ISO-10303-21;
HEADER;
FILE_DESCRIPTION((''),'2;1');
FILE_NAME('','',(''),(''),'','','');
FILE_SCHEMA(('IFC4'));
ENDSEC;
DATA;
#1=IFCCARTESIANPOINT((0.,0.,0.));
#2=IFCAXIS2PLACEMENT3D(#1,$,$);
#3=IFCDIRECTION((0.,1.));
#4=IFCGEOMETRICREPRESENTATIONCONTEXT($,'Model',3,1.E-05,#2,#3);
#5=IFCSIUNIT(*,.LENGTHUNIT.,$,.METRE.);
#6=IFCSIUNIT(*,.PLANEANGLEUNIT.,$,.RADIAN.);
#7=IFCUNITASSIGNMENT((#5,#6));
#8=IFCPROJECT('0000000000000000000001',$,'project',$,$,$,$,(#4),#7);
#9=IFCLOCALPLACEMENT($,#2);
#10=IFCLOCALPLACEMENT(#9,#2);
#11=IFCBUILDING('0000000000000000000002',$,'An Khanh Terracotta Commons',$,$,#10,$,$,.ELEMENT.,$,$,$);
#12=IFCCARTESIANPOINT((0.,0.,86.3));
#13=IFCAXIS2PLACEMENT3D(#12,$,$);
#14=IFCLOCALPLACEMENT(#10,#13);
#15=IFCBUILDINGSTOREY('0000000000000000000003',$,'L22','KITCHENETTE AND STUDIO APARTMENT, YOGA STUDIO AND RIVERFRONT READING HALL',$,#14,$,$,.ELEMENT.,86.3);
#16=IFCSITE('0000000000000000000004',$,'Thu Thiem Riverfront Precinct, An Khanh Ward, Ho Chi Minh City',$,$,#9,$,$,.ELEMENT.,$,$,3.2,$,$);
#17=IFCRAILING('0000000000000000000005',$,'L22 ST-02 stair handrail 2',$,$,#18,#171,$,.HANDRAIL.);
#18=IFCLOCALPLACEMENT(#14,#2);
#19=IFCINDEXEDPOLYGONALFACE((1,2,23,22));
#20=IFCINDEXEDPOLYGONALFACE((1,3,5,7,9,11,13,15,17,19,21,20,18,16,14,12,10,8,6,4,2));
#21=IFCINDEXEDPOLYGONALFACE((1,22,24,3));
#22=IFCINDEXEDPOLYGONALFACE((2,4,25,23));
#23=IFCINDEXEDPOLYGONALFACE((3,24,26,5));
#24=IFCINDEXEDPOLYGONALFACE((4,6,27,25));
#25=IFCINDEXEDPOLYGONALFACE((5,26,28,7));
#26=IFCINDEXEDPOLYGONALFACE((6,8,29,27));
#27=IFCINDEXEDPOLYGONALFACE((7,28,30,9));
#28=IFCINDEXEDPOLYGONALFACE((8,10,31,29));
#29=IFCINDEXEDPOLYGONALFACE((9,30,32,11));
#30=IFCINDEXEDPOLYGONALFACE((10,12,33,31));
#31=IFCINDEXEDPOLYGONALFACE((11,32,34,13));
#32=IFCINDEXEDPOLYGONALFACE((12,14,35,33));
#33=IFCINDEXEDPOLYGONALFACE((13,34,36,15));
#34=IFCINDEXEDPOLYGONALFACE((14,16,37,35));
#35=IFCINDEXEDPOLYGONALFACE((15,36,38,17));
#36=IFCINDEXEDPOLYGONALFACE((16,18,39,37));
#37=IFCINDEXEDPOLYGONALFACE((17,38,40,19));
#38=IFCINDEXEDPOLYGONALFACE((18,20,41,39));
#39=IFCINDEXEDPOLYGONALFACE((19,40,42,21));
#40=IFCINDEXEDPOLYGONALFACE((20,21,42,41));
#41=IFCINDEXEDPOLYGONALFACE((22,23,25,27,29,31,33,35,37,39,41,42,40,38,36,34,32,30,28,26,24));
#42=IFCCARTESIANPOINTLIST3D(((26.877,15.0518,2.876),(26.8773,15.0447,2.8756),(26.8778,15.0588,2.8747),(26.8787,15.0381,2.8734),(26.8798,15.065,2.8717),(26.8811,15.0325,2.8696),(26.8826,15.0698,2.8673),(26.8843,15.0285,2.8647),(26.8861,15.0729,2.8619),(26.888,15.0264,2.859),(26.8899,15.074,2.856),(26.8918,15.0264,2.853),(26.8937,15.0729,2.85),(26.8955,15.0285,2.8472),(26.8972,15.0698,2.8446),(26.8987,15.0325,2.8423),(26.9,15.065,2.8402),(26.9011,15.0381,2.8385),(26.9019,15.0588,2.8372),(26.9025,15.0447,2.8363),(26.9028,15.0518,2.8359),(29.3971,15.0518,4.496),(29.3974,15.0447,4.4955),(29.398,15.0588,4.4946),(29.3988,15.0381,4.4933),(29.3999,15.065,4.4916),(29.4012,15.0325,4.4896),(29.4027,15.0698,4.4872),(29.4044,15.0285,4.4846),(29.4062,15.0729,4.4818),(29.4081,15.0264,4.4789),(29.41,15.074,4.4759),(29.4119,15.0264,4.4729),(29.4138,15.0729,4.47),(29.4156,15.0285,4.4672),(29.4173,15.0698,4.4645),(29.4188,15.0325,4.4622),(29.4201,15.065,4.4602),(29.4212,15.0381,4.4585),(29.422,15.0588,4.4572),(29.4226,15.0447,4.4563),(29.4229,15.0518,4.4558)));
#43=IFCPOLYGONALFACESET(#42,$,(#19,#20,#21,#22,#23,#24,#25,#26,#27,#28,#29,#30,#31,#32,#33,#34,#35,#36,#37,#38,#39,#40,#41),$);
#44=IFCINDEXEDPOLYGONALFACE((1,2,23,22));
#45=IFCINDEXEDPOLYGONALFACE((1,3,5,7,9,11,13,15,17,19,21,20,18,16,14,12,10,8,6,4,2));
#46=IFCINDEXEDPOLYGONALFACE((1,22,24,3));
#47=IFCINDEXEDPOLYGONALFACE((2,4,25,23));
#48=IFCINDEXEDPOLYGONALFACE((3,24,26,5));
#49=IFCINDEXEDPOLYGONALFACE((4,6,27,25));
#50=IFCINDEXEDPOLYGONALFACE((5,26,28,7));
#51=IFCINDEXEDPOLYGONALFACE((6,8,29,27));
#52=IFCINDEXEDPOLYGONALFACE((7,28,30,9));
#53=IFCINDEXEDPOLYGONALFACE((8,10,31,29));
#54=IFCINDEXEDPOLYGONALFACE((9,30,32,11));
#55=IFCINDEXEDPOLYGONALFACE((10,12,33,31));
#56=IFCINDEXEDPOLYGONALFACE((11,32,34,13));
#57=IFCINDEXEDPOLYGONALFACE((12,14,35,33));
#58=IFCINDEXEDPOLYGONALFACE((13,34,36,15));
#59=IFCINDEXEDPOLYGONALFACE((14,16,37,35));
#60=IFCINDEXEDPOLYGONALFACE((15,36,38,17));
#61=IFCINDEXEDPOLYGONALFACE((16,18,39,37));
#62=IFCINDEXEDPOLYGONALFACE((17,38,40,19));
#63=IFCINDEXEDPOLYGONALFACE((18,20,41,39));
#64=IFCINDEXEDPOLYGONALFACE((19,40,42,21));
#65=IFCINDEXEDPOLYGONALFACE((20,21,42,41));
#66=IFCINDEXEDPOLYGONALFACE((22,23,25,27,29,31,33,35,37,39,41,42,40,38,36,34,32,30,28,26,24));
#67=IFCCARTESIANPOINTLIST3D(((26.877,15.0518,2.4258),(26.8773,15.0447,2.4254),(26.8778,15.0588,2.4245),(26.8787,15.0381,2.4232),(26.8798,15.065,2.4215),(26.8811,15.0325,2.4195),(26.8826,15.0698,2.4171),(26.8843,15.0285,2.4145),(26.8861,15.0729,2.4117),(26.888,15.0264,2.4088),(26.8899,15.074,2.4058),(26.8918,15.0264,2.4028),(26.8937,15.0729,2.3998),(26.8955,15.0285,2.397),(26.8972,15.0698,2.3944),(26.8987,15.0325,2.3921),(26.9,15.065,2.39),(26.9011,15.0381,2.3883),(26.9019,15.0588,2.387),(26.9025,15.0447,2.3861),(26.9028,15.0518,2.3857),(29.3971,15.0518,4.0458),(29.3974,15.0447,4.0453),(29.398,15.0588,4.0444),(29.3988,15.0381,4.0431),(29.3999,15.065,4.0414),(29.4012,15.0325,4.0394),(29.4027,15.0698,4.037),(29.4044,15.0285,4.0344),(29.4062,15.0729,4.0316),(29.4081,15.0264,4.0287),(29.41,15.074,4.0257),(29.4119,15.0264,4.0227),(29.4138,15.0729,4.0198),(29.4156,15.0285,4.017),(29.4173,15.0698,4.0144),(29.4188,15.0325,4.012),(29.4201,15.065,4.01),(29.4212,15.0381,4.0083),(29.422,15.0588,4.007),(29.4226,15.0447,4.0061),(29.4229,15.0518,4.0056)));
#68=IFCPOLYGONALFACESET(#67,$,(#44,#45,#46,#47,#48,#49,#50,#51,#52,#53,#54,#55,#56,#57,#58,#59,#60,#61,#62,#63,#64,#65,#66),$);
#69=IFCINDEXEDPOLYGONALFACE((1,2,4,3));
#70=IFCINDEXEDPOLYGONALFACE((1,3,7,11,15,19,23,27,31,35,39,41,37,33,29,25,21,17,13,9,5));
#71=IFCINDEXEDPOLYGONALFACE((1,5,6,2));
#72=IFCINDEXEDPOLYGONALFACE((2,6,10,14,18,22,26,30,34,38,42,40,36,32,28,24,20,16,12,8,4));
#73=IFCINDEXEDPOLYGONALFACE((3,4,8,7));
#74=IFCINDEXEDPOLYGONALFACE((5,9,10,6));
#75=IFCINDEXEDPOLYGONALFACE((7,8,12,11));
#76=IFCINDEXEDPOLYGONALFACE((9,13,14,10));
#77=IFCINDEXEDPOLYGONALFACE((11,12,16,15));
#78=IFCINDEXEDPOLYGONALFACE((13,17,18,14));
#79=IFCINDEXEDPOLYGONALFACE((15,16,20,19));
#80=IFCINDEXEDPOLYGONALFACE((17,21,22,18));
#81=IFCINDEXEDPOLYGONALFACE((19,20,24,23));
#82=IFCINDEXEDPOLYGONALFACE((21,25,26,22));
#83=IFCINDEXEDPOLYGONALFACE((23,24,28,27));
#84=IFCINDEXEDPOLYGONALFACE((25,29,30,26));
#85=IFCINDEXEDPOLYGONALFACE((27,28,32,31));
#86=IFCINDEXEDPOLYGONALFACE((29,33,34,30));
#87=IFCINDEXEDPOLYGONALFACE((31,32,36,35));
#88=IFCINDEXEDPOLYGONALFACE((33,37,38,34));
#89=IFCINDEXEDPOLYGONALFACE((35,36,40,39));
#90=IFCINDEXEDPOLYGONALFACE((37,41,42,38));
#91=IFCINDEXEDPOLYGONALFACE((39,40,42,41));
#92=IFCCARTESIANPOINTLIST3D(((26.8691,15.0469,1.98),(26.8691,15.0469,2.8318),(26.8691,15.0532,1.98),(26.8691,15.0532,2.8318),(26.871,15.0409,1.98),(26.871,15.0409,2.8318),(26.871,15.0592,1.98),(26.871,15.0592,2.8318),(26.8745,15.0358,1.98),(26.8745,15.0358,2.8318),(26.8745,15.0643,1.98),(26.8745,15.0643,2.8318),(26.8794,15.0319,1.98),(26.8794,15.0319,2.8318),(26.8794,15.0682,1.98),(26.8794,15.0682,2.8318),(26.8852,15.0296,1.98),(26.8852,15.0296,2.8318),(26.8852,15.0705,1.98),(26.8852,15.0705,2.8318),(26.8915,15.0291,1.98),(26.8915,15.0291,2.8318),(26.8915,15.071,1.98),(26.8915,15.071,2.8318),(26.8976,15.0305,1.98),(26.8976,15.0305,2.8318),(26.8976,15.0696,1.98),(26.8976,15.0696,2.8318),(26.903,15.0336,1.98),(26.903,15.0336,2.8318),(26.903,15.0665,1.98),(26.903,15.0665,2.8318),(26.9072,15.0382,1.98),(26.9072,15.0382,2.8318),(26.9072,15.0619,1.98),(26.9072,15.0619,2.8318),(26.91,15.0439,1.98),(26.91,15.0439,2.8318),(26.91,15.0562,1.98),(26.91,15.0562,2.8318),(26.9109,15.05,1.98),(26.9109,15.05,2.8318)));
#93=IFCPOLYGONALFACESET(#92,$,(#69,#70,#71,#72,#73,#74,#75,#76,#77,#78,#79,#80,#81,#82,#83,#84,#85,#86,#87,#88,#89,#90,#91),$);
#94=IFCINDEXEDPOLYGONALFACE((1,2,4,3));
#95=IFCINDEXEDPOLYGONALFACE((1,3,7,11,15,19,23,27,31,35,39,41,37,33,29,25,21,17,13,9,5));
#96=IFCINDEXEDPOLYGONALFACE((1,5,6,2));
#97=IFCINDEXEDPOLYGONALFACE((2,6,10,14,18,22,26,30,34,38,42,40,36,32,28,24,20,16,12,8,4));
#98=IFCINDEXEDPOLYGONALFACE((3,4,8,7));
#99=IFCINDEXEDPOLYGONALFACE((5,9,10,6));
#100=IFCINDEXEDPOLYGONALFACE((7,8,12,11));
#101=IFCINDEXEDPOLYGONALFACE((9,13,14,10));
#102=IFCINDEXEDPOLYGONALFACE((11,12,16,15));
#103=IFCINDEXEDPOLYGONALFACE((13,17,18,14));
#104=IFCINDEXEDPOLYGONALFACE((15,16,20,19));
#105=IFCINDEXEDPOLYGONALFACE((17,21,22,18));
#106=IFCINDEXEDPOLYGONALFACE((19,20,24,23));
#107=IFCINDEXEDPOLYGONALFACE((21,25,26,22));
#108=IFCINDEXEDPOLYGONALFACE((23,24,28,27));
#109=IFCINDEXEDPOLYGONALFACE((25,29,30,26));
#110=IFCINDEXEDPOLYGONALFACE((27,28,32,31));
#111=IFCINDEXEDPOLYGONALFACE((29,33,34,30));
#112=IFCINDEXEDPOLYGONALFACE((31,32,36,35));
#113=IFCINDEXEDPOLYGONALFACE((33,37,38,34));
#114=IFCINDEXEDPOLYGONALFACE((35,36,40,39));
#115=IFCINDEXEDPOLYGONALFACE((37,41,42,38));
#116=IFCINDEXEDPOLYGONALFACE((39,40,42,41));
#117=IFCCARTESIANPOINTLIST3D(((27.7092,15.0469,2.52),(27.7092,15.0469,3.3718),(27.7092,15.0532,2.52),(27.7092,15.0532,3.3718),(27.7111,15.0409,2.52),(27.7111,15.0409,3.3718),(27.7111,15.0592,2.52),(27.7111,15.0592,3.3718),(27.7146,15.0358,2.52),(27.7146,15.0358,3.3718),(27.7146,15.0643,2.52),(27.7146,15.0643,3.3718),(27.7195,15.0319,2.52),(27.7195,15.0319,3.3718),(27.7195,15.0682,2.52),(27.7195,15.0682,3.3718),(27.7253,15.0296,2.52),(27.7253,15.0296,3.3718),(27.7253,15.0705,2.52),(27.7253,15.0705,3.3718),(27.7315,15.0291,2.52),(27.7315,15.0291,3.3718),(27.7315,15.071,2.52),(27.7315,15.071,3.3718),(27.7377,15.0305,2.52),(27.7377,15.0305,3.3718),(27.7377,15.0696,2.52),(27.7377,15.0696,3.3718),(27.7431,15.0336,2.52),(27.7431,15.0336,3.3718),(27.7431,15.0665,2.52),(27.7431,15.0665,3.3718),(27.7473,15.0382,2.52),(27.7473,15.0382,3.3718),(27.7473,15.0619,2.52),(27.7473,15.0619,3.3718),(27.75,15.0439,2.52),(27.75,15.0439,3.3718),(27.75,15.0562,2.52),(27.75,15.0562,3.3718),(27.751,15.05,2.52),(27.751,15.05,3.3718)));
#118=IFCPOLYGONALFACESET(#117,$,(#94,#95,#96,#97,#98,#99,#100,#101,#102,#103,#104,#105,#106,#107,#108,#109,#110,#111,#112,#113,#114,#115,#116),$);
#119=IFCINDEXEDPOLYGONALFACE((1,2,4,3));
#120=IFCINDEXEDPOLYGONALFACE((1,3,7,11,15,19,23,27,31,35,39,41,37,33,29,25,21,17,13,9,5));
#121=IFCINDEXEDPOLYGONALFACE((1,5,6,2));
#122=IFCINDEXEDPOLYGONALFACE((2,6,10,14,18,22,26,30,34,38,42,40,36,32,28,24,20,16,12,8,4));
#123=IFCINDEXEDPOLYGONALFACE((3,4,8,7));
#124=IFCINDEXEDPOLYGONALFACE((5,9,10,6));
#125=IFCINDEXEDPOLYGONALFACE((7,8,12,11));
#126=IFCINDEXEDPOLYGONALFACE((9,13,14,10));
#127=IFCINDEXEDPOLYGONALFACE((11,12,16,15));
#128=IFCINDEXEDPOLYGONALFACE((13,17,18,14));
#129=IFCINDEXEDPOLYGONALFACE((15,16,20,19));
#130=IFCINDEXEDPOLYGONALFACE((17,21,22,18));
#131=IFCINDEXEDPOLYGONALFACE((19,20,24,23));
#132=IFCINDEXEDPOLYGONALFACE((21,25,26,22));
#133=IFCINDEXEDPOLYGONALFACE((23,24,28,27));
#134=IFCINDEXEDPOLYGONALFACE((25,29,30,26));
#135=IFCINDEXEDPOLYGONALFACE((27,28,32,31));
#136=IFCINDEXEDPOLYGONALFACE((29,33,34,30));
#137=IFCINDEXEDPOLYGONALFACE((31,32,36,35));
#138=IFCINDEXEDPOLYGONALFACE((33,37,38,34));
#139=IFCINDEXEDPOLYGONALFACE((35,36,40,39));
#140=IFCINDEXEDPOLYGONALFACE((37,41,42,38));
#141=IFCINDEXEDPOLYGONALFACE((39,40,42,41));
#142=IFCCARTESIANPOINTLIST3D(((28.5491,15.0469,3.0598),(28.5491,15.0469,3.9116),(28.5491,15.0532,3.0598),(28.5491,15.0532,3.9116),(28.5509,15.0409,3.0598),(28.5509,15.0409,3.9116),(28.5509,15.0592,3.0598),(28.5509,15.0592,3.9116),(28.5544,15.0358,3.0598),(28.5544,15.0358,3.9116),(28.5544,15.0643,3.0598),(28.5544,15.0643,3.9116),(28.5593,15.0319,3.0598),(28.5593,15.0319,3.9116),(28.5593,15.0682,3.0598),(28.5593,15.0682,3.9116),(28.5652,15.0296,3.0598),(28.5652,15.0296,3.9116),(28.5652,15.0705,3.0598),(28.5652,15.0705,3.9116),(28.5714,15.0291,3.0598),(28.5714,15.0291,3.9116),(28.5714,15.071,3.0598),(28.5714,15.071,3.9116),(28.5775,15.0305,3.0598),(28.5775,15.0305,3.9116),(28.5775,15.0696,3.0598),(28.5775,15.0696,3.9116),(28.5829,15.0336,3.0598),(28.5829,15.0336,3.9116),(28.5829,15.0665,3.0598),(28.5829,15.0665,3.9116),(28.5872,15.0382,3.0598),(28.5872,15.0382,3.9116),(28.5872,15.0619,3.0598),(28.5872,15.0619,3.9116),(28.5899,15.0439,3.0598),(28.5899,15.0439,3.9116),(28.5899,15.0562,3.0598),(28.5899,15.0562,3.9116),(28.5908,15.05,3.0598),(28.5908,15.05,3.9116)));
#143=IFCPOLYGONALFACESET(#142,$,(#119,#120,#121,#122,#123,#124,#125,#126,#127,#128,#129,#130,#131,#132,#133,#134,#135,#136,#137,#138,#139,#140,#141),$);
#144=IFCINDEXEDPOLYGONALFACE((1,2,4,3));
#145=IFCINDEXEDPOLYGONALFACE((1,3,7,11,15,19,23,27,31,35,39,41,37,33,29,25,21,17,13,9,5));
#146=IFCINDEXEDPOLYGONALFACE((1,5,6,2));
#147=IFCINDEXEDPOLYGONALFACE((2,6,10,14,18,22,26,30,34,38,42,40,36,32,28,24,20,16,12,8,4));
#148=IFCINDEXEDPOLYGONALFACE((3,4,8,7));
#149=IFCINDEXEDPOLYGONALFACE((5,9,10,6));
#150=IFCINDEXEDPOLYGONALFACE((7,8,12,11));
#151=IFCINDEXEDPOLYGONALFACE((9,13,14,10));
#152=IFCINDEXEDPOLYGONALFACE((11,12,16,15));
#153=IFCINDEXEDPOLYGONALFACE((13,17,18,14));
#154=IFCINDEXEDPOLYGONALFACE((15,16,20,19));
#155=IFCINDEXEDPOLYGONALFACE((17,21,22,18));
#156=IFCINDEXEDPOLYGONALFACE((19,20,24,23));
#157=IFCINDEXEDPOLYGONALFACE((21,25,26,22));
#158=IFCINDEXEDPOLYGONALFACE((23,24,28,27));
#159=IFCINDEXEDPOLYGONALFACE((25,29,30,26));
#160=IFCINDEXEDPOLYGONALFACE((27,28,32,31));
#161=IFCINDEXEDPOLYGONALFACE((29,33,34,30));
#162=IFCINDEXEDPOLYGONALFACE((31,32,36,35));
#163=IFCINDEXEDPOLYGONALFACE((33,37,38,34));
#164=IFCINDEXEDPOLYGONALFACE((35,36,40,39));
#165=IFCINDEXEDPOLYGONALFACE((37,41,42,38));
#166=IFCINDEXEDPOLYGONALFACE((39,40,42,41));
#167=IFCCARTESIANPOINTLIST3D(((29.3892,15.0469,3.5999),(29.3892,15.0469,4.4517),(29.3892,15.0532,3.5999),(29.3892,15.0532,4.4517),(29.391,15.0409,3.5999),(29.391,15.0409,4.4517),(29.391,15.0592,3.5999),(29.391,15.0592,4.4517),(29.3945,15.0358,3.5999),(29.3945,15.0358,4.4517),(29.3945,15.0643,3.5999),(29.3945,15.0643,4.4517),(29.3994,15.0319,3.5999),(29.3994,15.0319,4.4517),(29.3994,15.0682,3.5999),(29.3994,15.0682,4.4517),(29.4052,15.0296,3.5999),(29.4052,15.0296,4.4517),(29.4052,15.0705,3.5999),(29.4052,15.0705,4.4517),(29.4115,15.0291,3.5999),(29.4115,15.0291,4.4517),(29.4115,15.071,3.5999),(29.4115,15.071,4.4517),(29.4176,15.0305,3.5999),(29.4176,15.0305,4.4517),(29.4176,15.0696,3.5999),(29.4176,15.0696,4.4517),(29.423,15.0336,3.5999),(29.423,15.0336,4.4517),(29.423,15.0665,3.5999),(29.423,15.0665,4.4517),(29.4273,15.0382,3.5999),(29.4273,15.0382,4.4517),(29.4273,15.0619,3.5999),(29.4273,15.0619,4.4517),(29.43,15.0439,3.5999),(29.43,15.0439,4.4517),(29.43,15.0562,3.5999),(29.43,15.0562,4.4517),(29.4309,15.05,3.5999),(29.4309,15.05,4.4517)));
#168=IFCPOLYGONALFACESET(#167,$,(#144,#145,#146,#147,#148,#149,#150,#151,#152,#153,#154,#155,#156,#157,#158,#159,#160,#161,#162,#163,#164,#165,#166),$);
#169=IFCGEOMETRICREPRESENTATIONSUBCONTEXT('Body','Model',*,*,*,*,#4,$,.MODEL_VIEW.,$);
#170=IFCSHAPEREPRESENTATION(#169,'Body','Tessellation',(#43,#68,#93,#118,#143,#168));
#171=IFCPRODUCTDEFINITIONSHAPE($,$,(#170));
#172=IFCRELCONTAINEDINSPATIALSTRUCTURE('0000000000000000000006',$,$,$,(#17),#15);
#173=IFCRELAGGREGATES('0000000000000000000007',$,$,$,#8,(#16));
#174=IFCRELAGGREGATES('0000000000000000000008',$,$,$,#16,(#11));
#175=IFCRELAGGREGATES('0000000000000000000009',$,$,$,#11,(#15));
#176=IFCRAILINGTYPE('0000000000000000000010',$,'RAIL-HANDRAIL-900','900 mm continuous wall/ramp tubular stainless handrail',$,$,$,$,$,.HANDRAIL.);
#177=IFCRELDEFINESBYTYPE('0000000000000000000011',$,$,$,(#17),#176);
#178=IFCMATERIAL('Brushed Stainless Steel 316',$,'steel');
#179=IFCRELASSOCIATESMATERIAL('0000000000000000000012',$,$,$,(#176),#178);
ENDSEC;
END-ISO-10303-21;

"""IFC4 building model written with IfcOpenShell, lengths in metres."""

from ifc_helpers import new_model, si_unit, direction, frame, origin, origin_2d, place, context, subcontext, project, spatial, circle, extrude, material, type_object, element, save


model = new_model("IFC4")

# Units and contexts
model_context = context("Model", 3, precision=1e-05, world=origin(), true_north=direction((0.0, 1.0)))
body_context = subcontext(model_context, "Body", "Model", "MODEL_VIEW")
ifc_project = project(units=[si_unit("LENGTHUNIT", "METRE"), si_unit("PLANEANGLEUNIT", "RADIAN")], contexts=[model_context])

# Site, building, storey
site_placement = place(None, origin())
site = spatial("IfcSite", under=ifc_project, at=site_placement, Name="Thu Thiem Riverfront Precinct, An Khanh Ward, Ho Chi Minh City", CompositionType="ELEMENT", RefElevation=3.2)
building_placement = place(site_placement, origin())
building = spatial("IfcBuilding", under=site, at=building_placement, Name="An Khanh Terracotta Commons", CompositionType="ELEMENT")
storey_placement = place(building_placement, frame((0.0, 0.0, 86.3)))
storey = spatial("IfcBuildingStorey", under=building, at=storey_placement, Name="L22", Description="KITCHENETTE AND STUDIO APARTMENT, YOGA STUDIO AND RIVERFRONT READING HALL", CompositionType="ELEMENT", Elevation=86.3)

# Railing
ifc_material_1 = material(Name="Brushed Stainless Steel 316", Category="steel")
railing_type_1 = type_object("IfcRailingType", Name="RAIL-HANDRAIL-900", Description="900 mm continuous wall/ramp tubular stainless handrail", PredefinedType="HANDRAIL", material=ifc_material_1)
railing_1_placement = place(storey_placement, frame((26.8899, 15.05, 1.98)))
element("IfcRailing", 1, at=railing_1_placement, inside=storey, type_object=railing_type_1, Name="L22 ST-02 stair handrail 2", PredefinedType="HANDRAIL", context=body_context, shape_type="SweptSolid", body=[
    extrude(circle(Radius=0.0239, at=origin_2d()), frame((0.0, 0.0, 0.876), z_axis=(0.8412, 0.0, 0.540725), x_axis=(0.0, 1.0, 0.0)), (0.0, 0.0, 1.0), 2.9958),
    extrude(circle(Radius=0.0239, at=origin_2d()), frame((0.0, 0.0, 0.4258), z_axis=(0.8412, 0.0, 0.540725), x_axis=(0.0, 1.0, 0.0)), (0.0, 0.0, 1.0), 2.9958),
    extrude(circle(Radius=0.021, at=origin_2d()), origin(), (0.0, 0.0, 1.0), 0.8518),
    extrude(circle(Radius=0.021, at=origin_2d()), frame((0.8401, 0.0, 0.54)), (0.0, 0.0, 1.0), 0.8518),
    extrude(circle(Radius=0.021, at=origin_2d()), frame((1.6799, 0.0, 1.0798)), (0.0, 0.0, 1.0), 0.8518),
    extrude(circle(Radius=0.021, at=origin_2d()), frame((2.52, 0.0, 1.6199)), (0.0, 0.0, 1.0), 0.8518),
])

save(model, "model.ifc")
